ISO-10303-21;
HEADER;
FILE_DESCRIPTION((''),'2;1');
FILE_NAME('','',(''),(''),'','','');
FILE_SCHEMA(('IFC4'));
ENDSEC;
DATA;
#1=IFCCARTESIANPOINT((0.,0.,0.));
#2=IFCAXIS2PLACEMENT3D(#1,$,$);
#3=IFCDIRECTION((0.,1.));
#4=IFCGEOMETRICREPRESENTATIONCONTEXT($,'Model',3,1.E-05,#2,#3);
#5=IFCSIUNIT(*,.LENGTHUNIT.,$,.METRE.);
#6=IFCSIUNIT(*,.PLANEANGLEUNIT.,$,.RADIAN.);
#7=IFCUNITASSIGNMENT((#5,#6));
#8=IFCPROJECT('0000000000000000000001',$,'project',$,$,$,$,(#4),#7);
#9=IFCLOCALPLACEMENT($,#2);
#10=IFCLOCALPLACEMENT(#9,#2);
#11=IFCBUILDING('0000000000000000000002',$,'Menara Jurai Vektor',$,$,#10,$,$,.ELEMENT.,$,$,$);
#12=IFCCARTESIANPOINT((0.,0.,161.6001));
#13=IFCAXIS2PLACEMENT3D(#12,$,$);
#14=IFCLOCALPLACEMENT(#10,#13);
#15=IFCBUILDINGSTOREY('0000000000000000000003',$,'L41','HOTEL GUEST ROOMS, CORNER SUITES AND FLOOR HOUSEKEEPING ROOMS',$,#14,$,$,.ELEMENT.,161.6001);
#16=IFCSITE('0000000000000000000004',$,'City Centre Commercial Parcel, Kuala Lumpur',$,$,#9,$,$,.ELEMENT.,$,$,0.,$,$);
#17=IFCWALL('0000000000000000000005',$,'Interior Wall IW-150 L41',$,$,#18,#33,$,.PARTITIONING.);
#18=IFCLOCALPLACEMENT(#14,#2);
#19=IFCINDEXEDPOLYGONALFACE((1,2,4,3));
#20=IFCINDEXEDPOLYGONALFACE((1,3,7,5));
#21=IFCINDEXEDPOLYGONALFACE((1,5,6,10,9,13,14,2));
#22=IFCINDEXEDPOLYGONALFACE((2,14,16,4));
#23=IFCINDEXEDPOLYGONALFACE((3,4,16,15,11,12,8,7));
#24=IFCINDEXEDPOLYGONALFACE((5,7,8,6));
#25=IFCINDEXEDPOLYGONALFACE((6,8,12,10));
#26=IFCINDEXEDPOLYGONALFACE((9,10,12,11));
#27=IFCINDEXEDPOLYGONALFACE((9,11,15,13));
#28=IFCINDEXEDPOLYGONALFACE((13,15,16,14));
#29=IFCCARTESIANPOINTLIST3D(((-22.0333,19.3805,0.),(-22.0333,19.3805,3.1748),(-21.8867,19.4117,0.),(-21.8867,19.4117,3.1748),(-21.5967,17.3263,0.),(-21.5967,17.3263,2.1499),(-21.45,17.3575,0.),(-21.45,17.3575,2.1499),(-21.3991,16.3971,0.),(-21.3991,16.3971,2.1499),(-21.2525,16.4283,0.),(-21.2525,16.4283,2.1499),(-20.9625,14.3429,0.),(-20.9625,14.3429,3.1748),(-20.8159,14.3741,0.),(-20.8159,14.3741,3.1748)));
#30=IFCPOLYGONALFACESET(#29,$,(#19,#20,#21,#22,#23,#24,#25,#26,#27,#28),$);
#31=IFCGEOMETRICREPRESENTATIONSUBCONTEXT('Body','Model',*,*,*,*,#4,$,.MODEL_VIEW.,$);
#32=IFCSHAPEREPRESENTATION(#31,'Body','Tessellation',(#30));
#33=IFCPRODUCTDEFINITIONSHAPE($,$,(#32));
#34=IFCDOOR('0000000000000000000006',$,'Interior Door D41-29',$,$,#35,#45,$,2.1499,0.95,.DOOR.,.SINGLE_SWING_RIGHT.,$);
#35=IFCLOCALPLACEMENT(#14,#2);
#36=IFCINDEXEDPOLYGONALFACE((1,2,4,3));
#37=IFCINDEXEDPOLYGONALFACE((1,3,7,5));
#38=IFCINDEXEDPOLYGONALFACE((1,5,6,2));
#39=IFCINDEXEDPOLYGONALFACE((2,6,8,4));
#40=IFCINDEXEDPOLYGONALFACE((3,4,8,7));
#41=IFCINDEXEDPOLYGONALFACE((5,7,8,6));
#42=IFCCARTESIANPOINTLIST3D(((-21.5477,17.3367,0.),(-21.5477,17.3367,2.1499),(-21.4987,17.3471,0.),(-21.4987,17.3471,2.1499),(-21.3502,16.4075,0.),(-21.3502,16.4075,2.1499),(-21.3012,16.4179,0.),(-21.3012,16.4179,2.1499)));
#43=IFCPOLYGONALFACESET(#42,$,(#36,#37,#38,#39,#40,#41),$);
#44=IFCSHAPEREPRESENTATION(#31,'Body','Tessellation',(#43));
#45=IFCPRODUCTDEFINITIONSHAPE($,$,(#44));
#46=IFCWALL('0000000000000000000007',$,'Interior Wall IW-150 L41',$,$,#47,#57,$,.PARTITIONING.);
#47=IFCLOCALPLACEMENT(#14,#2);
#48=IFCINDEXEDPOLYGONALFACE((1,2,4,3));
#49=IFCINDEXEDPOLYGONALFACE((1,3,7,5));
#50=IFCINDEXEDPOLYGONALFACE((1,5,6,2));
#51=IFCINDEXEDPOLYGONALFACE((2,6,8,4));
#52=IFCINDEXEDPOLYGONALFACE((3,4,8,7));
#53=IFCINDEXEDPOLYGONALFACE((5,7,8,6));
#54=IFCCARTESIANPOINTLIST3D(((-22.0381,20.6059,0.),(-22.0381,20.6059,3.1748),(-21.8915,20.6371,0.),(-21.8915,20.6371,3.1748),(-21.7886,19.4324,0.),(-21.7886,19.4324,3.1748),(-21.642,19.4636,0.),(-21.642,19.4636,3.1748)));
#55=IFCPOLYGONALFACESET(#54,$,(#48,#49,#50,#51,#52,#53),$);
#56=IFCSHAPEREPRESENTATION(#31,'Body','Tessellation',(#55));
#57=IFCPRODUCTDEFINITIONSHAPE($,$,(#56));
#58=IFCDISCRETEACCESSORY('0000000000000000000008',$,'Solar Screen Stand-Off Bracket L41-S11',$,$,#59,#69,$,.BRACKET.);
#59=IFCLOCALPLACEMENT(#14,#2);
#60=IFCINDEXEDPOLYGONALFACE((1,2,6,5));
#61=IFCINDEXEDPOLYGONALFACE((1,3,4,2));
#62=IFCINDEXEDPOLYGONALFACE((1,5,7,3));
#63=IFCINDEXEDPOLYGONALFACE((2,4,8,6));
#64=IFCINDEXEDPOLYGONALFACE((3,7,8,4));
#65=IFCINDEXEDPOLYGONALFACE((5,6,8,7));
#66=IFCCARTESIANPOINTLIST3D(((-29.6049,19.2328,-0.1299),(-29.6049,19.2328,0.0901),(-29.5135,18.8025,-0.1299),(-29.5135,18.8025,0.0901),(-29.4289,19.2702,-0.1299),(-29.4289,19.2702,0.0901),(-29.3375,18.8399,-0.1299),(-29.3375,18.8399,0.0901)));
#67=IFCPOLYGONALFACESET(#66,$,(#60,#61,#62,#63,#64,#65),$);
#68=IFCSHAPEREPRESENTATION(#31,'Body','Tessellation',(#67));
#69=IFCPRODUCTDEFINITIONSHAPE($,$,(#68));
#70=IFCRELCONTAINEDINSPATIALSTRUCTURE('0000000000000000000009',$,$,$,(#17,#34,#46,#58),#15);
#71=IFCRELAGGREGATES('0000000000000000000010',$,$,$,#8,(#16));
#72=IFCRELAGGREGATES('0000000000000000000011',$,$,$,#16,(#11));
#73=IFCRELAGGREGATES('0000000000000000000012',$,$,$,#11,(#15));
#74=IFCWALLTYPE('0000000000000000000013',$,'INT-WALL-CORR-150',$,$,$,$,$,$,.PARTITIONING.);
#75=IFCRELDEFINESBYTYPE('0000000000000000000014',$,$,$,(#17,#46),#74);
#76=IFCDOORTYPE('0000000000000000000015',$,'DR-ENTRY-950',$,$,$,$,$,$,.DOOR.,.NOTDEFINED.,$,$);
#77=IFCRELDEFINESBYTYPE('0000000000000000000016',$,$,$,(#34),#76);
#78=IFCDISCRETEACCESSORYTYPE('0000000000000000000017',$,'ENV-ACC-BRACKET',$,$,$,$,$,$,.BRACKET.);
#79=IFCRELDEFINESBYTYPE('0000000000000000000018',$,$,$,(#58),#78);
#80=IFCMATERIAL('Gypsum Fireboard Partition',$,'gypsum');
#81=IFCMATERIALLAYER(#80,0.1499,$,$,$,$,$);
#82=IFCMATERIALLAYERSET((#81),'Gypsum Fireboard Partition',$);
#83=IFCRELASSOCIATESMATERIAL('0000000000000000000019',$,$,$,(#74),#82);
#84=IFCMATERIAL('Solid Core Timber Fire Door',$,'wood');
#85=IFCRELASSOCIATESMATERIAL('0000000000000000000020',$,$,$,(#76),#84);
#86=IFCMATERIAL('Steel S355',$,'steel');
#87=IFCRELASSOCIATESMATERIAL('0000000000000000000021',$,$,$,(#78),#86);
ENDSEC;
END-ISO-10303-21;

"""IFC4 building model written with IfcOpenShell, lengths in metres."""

from ifc_helpers import new_model, si_unit, direction, frame, frame_2d, origin, origin_2d, place, context, subcontext, project, spatial, rectangle, extrude, material, layer, layer_set, type_object, element, fill, save


model = new_model("IFC4")

# Units and contexts
model_context = context("Model", 3, precision=1e-05, world=origin(), true_north=direction((0.0, 1.0)))
body_context = subcontext(model_context, "Body", "Model", "MODEL_VIEW")
ifc_project = project(units=[si_unit("LENGTHUNIT", "METRE"), si_unit("PLANEANGLEUNIT", "RADIAN")], contexts=[model_context])

# Site, building, storey
site_placement = place(None, origin())
site = spatial("IfcSite", under=ifc_project, at=site_placement, Name="City Centre Commercial Parcel, Kuala Lumpur", CompositionType="ELEMENT", RefElevation=0.0)
building_placement = place(site_placement, origin())
building = spatial("IfcBuilding", under=site, at=building_placement, Name="Menara Jurai Vektor", CompositionType="ELEMENT")
storey_placement = place(building_placement, frame((0.0, 0.0, 161.6001)))
storey = spatial("IfcBuildingStorey", under=building, at=storey_placement, Name="L41", Description="HOTEL GUEST ROOMS, CORNER SUITES AND FLOOR HOUSEKEEPING ROOMS", CompositionType="ELEMENT", Elevation=161.6001)

# Shared definitions
ifc_material_1 = material(Name="Steel S355", Category="steel")

# Shared definitions
ifc_material_2 = material(Name="Gypsum Fireboard Partition", Category="gypsum")
ifc_layer_1 = layer(ifc_material_2, 0.1499)
ifc_layer_set_1 = layer_set([ifc_layer_1], Name="Gypsum Fireboard Partition")
wall_type = type_object("IfcWallType", Name="INT-WALL-CORR-150", PredefinedType="PARTITIONING", material=ifc_layer_set_1)

# Wall, opening, door
wall_1_placement = place(storey_placement, frame((-20.8892, 14.3584, 0.0), z_axis=(0.0, 0.0, 1.0), x_axis=(-0.207917, 0.978147, 0.0)))
wall_1 = element("IfcWall", 1, at=wall_1_placement, inside=storey, type_object=wall_type, Name="Interior Wall IW-150 L41", PredefinedType="PARTITIONING", context=body_context, shape_type="SweptSolid", body=[
    extrude(rectangle(XDim=5.1501, YDim=0.1499, at=frame_2d((2.5752, 0.0))), origin(), (0.0, 0.0, 1.0), 3.1748),
])
opening_placement = place(wall_1_placement, frame((2.1001, 0.0, 0.0)))
opening = element("IfcOpeningElement", 2, at=opening_placement, cuts=wall_1, PredefinedType="OPENING", context=body_context, shape_type="SweptSolid", body=[
    extrude(rectangle(XDim=0.95, YDim=2.1499, at=frame_2d((0.4751, 1.075))), frame((0.0, 0.085, 0.0), z_axis=(0.0, -1.0, 0.0), x_axis=(1.0, 0.0, 0.0)), (0.0, 0.0, 1.0), 0.1699),
])
ifc_material_3 = material(Name="Solid Core Timber Fire Door", Category="wood")
door_type = type_object("IfcDoorType", Name="DR-ENTRY-950", OperationType="NOTDEFINED", PredefinedType="DOOR", material=ifc_material_3)
door_placement = place(opening_placement, origin())
door = element("IfcDoor", 3, at=door_placement, inside=storey, type_object=door_type, Name="Interior Door D41-29", OperationType="SINGLE_SWING_RIGHT", OverallHeight=2.1499, OverallWidth=0.95, PredefinedType="DOOR", context=body_context, shape_type="SweptSolid", body=[
    extrude(rectangle(XDim=0.95, YDim=2.1499, at=frame_2d((0.4751, 1.075))), frame((0.0, 0.0249, 0.0), z_axis=(0.0, -1.0, 0.0), x_axis=(1.0, 0.0, 0.0)), (0.0, 0.0, 1.0), 0.05),
])
fill(opening, door)

# Wall
wall_2_placement = place(storey_placement, frame((-21.7153, 19.448, 0.0), z_axis=(0.0, 0.0, 1.0), x_axis=(-0.207959, 0.978138, 0.0)))
element("IfcWall", 4, at=wall_2_placement, inside=storey, type_object=wall_type, Name="Interior Wall IW-150 L41", PredefinedType="PARTITIONING", context=body_context, shape_type="SweptSolid", body=[
    extrude(rectangle(XDim=1.1997, YDim=0.1499, at=frame_2d((0.5999, 0.0))), origin(), (0.0, 0.0, 1.0), 3.1748),
])

# Discrete accessory
discrete_accessory_type = type_object("IfcDiscreteAccessoryType", Name="ENV-ACC-BRACKET", PredefinedType="BRACKET", material=ifc_material_1)
discrete_accessory_placement = place(storey_placement, frame((-29.4712, 19.0364, -0.1299), z_axis=(0.0, 0.0, 1.0), x_axis=(-0.978148, -0.207912, 0.0)))
element("IfcDiscreteAccessory", 5, at=discrete_accessory_placement, inside=storey, type_object=discrete_accessory_type, Name="Solar Screen Stand-Off Bracket L41-S11", PredefinedType="BRACKET", context=body_context, shape_type="SweptSolid", body=[
    extrude(rectangle(XDim=0.1799, YDim=0.4399, at=origin_2d()), origin(), (0.0, 0.0, 1.0), 0.22),
])

save(model, "model.ifc")
